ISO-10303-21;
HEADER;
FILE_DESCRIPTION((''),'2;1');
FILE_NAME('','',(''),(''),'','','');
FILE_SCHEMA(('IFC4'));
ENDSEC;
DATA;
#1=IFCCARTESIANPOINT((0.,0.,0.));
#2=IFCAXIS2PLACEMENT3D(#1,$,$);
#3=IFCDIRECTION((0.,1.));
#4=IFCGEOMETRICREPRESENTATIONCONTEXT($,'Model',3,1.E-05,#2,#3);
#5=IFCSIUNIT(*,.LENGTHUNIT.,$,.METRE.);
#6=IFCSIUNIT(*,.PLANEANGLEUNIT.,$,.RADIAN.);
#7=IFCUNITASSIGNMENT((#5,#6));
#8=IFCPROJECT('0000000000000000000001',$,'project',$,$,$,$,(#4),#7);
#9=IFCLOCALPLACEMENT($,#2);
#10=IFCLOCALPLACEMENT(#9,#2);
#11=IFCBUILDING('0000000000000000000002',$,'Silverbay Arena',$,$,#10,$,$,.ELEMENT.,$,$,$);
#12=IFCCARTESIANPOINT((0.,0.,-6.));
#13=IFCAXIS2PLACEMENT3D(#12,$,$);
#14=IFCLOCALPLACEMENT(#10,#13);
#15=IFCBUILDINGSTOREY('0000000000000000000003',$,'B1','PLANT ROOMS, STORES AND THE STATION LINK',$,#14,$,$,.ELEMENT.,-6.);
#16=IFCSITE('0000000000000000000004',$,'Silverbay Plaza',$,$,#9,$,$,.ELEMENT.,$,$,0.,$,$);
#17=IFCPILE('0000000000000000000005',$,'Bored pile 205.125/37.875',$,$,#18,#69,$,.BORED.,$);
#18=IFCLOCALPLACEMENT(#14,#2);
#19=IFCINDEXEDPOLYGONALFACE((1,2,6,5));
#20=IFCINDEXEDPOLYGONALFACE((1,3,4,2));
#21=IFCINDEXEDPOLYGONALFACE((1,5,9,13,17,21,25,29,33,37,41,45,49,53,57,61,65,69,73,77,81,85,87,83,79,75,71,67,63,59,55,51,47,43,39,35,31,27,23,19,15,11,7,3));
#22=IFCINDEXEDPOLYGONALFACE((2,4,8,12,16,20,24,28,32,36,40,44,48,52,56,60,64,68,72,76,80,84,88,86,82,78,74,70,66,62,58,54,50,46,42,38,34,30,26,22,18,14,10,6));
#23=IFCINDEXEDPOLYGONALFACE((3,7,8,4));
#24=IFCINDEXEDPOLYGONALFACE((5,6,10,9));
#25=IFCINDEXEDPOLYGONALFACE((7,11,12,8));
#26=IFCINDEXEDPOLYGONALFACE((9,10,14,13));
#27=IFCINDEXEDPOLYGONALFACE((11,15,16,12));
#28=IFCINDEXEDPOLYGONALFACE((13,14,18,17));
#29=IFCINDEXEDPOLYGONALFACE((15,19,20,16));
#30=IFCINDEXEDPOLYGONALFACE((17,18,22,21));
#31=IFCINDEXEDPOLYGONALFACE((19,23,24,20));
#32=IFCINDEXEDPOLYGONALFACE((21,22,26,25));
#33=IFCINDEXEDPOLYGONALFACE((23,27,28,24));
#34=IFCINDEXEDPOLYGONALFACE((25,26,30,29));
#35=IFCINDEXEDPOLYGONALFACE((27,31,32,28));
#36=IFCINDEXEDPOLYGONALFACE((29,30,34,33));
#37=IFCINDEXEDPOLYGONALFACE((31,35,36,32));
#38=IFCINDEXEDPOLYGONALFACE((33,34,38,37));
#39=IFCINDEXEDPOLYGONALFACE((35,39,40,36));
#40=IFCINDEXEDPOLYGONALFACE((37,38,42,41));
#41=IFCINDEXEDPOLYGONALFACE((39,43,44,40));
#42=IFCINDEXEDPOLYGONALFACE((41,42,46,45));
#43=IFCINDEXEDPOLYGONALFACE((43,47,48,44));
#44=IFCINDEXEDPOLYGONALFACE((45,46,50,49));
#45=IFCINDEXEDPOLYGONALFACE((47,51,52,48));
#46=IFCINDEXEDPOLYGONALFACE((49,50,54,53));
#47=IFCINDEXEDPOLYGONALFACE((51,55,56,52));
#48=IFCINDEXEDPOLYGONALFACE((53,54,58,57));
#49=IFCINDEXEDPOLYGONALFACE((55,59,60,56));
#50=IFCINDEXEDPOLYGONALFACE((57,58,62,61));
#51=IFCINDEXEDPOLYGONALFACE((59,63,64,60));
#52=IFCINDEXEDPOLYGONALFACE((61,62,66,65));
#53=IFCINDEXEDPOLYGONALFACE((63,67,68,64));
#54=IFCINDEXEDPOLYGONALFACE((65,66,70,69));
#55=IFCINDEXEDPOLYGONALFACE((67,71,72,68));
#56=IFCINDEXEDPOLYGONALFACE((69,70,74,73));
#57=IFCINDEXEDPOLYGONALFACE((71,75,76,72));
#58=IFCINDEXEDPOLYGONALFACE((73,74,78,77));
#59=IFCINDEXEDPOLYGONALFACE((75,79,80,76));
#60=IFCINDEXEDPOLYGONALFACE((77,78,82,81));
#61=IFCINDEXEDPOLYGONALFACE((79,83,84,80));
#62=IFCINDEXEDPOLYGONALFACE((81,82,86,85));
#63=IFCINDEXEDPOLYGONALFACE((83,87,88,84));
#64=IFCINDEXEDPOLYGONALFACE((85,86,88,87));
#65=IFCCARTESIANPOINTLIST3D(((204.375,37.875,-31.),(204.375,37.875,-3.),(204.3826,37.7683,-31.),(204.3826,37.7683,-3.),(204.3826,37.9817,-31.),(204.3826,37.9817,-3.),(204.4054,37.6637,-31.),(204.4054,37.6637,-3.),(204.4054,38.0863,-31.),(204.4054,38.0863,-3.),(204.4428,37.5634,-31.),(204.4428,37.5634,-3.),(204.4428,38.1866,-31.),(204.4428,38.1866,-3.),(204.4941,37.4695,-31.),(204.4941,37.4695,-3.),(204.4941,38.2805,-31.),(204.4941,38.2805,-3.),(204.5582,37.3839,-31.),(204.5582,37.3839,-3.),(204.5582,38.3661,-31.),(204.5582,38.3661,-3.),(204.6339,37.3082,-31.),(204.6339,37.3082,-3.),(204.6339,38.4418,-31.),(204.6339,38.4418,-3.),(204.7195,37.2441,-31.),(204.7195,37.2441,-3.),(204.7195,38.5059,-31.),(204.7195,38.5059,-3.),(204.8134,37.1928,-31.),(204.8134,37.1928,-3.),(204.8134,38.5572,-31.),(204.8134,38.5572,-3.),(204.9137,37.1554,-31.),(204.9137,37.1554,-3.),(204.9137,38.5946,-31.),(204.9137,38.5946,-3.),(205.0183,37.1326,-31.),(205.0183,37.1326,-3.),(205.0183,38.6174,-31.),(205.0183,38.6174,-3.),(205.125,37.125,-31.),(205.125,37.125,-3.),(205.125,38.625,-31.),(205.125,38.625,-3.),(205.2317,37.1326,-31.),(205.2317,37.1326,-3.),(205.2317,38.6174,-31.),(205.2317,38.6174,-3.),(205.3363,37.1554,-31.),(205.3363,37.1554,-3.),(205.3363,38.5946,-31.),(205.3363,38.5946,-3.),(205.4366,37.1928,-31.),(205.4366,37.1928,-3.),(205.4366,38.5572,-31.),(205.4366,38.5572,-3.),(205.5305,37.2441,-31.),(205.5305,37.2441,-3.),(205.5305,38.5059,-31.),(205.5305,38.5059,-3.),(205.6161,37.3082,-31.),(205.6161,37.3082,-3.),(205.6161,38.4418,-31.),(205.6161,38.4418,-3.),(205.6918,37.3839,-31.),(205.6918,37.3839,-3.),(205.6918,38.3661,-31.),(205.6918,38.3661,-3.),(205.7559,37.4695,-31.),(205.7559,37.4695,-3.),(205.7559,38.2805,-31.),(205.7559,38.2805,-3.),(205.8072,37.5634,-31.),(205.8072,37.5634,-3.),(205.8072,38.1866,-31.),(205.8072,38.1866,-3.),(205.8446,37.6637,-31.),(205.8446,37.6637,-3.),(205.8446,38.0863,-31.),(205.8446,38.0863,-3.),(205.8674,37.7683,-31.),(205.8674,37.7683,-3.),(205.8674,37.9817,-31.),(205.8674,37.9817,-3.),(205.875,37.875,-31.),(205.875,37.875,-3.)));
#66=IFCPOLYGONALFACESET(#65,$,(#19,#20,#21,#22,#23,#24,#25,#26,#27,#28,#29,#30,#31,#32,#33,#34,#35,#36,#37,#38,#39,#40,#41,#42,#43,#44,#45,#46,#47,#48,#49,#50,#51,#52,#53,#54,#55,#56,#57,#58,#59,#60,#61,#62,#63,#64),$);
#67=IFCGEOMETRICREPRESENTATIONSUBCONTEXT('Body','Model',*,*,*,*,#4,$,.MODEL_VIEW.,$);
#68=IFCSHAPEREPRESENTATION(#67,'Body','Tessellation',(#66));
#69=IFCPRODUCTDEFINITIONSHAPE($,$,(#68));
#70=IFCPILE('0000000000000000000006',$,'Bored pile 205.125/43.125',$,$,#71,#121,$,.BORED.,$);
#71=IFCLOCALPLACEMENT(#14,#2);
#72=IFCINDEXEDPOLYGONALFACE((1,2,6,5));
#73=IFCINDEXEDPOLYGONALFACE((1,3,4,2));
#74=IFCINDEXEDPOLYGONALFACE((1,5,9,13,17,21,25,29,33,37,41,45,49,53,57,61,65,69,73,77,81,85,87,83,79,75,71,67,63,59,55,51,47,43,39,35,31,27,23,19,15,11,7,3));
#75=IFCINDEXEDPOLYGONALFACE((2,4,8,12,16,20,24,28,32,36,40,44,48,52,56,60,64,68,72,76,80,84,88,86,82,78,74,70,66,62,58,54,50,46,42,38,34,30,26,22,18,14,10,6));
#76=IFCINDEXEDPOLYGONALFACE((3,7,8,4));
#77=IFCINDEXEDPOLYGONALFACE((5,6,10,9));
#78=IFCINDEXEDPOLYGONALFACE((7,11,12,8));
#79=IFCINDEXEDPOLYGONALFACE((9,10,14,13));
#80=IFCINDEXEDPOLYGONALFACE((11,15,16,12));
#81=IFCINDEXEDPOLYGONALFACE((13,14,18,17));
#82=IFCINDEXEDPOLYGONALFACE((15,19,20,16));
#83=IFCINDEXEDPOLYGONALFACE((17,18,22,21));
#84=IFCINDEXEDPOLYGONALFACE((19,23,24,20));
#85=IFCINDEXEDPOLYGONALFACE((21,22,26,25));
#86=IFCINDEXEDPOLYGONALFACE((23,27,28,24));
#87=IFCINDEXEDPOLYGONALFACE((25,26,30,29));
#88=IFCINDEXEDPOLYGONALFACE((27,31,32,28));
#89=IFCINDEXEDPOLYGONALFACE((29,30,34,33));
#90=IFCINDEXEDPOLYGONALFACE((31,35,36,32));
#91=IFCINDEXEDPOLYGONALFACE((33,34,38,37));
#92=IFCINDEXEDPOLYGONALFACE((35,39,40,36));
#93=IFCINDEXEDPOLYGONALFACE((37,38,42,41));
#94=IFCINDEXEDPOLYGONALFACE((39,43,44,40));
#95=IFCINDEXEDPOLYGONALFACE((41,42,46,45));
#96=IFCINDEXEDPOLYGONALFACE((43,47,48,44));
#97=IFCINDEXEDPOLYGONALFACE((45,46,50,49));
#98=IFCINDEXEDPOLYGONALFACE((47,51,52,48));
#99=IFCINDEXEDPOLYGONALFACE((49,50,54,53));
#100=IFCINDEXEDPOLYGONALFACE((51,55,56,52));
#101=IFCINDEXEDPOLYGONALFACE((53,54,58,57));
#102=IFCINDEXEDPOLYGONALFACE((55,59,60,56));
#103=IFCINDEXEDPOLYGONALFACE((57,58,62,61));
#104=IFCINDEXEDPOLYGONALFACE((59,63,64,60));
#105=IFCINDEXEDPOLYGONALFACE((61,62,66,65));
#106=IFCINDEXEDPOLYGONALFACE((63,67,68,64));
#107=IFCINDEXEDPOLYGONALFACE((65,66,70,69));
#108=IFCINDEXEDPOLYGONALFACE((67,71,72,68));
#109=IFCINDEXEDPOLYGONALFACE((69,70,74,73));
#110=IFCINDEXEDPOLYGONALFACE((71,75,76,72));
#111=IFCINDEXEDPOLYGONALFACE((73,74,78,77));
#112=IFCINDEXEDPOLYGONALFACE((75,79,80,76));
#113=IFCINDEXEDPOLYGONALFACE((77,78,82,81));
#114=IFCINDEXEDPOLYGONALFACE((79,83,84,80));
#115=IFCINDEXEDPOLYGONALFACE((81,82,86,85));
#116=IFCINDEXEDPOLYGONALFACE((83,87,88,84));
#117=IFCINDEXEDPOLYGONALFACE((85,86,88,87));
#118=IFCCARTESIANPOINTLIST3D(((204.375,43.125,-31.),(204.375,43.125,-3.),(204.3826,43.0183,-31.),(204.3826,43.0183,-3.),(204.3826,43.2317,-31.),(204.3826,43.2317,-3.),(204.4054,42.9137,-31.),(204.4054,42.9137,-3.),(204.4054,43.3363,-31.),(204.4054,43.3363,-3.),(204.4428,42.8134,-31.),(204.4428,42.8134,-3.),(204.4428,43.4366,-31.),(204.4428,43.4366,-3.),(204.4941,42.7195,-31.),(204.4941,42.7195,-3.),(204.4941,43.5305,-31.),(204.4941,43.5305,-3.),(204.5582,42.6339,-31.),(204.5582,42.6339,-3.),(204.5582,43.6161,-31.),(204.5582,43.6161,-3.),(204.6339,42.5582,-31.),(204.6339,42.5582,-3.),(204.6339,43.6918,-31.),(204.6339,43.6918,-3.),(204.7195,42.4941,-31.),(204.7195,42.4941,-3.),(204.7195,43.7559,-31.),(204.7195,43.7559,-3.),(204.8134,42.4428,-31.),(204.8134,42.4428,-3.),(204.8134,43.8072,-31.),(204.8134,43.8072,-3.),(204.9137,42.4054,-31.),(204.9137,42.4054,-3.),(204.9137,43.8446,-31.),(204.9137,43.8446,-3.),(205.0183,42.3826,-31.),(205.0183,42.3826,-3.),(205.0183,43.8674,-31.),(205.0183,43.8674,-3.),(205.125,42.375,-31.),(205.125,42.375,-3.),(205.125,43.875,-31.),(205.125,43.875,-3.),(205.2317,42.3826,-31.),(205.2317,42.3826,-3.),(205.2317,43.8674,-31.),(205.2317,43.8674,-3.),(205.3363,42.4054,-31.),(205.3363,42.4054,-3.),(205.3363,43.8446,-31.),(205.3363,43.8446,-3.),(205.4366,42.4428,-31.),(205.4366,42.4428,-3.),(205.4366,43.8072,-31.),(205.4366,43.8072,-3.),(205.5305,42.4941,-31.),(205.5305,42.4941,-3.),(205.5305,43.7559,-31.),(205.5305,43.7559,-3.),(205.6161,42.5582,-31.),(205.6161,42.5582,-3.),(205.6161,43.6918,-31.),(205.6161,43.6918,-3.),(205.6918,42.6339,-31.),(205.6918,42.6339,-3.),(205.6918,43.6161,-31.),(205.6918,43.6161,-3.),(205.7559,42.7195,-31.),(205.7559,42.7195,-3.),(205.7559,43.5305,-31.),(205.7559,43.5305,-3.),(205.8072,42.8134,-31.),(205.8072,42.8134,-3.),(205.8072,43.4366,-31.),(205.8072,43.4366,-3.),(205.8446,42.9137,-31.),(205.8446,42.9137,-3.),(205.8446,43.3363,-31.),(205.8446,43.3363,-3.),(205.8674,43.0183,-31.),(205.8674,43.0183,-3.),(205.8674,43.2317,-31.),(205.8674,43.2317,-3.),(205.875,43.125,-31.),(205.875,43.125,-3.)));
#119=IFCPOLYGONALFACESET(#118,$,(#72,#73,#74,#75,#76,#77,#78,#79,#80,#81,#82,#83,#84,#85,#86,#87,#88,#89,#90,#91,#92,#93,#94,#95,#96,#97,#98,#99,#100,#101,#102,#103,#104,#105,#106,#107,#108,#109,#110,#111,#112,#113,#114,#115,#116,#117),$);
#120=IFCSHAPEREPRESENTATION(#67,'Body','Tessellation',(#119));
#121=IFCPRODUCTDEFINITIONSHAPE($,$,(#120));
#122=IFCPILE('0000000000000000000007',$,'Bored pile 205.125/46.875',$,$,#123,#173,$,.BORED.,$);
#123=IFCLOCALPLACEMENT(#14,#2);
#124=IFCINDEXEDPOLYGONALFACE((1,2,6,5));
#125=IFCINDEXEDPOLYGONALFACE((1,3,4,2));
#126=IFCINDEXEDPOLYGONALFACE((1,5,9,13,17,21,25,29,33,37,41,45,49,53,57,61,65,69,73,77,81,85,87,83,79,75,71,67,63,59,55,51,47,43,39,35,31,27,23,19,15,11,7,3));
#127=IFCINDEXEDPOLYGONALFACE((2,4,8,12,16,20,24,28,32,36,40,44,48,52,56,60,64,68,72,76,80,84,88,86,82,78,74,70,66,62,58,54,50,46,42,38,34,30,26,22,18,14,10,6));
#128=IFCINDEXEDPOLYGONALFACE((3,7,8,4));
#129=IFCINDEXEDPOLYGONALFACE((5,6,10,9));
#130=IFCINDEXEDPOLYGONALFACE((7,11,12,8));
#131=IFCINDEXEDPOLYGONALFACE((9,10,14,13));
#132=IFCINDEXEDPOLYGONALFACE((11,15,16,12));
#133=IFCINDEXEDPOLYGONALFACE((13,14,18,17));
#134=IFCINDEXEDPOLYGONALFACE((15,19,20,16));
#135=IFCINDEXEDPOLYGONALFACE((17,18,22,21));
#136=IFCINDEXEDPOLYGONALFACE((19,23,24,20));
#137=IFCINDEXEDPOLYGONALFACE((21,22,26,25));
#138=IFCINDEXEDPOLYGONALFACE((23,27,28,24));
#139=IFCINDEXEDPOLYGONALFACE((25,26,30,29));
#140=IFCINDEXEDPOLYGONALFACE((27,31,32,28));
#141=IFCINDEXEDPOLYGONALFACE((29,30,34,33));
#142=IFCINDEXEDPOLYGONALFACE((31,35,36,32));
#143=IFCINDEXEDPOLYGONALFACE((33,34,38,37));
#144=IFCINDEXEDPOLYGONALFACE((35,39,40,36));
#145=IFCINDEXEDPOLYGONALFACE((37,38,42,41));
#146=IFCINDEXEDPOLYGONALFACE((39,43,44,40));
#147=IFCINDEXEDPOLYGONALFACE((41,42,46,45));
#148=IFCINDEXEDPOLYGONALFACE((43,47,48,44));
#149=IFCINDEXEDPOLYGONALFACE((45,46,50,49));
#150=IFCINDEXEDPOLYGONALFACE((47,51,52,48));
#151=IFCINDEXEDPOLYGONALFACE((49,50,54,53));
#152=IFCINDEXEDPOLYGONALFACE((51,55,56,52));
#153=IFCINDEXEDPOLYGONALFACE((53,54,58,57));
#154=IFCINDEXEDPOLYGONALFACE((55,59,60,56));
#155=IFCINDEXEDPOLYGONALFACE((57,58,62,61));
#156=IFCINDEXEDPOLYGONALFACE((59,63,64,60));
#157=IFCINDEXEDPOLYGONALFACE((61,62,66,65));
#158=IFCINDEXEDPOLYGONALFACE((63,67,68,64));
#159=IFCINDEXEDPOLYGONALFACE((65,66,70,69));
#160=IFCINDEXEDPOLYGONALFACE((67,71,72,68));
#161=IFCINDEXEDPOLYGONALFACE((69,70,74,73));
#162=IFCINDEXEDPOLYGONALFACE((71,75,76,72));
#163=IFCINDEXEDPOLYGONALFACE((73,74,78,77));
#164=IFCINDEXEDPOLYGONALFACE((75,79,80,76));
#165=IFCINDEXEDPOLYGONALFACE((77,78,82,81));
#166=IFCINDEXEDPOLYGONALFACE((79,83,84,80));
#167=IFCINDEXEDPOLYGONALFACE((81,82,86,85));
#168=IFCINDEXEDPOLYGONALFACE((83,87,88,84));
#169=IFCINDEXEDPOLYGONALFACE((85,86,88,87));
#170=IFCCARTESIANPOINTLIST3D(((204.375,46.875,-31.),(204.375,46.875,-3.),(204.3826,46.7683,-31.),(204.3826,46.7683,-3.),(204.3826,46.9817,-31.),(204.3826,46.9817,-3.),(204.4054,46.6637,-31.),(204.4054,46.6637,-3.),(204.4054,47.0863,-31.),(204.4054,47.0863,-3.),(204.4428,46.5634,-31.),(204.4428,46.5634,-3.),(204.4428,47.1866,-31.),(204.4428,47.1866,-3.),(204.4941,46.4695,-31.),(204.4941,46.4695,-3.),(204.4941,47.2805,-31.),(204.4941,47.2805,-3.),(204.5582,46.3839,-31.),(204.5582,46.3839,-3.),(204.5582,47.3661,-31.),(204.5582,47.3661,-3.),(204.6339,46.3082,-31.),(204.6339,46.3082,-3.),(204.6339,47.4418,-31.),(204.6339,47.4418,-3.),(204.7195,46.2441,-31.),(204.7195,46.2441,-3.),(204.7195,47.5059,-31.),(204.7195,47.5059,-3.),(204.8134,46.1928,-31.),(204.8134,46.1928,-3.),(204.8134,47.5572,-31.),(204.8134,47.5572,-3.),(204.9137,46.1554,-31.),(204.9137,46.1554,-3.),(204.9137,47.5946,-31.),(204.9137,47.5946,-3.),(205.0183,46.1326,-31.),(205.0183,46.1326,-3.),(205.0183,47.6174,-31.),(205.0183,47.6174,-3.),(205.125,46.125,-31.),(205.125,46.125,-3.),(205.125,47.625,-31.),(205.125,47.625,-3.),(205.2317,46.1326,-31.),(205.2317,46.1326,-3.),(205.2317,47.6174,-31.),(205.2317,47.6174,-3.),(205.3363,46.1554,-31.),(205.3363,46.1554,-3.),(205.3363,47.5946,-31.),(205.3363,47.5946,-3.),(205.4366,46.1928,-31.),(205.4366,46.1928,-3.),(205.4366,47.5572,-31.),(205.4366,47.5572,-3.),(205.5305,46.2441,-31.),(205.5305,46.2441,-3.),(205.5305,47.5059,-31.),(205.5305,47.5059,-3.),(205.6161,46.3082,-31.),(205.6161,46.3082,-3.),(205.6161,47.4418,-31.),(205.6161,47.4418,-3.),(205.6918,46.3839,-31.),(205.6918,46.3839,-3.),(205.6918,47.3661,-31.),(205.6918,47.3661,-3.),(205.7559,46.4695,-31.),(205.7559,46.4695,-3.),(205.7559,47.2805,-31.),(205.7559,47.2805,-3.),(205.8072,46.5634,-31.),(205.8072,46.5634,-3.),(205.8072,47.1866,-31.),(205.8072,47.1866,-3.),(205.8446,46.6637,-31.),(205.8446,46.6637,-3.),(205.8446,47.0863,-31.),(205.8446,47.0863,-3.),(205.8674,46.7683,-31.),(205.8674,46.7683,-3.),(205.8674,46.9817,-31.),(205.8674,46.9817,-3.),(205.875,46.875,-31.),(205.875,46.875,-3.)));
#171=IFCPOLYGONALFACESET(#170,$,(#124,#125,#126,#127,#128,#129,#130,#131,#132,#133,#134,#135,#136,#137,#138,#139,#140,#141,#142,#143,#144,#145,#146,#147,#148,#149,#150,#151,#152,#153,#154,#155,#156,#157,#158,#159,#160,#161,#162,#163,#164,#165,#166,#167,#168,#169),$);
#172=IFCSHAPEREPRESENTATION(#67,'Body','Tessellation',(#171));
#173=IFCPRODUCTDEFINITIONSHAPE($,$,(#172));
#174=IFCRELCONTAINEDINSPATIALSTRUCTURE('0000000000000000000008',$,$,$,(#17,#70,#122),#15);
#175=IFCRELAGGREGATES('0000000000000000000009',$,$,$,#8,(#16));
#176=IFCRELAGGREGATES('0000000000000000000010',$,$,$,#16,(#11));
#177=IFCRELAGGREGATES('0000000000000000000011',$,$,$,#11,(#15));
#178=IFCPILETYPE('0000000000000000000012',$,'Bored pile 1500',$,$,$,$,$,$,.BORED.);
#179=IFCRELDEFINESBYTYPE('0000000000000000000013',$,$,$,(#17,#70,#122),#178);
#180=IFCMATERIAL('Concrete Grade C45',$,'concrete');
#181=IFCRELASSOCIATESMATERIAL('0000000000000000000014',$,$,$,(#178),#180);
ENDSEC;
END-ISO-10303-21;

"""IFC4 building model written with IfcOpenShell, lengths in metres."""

from ifc_helpers import new_model, si_unit, direction, frame, origin, origin_2d, place, context, subcontext, project, spatial, circle, extrude, material, material_profile, profile_set, type_object, element, save


model = new_model("IFC4")

# Units and contexts
model_context = context("Model", 3, precision=1e-05, world=origin(), true_north=direction((0.0, 1.0)))
body_context = subcontext(model_context, "Body", "Model", "MODEL_VIEW")
ifc_project = project(units=[si_unit("LENGTHUNIT", "METRE"), si_unit("PLANEANGLEUNIT", "RADIAN")], contexts=[model_context])

# Site, building, storey
site_placement = place(None, origin())
site = spatial("IfcSite", under=ifc_project, at=site_placement, Name="Silverbay Plaza", CompositionType="ELEMENT", RefElevation=0.0)
building_placement = place(site_placement, origin())
building = spatial("IfcBuilding", under=site, at=building_placement, Name="Silverbay Arena", CompositionType="ELEMENT")
storey_placement = place(building_placement, frame((0.0, 0.0, -6.0)))
storey = spatial("IfcBuildingStorey", under=building, at=storey_placement, Name="B1", Description="PLANT ROOMS, STORES AND THE STATION LINK", CompositionType="ELEMENT", Elevation=-6.0)

# Piles
ifc_material_1 = material(Name="Concrete Grade C45", Category="concrete")
ifc_material_profile_1 = material_profile(ifc_material_1, circle(Radius=0.75, at=origin_2d()), Name="Bored pile 1500")
ifc_profile_set_1 = profile_set([ifc_material_profile_1], Name="Concrete Grade C45")
pile_type_1 = type_object("IfcPileType", Name="Bored pile 1500", PredefinedType="BORED", material=ifc_profile_set_1)
for number, where, z_axis, x_axis, name in (
    (1, (205.125, 37.875, -3.0), (0.0, 0.0, -1.0), (1.0, 0.0, 0.0), "Bored pile 205.125/37.875"),
    (2, (205.125, 43.125, -3.0), (0.0, 0.0, -1.0), (1.0, 0.0, 0.0), "Bored pile 205.125/43.125"),
    (3, (205.125, 46.875, -3.0), (0.0, 0.0, -1.0), (1.0, 0.0, 0.0), "Bored pile 205.125/46.875"),
):
    element("IfcPile", number, at=place(storey_placement, frame(where, z_axis=z_axis, x_axis=x_axis)), inside=storey, type_object=pile_type_1, Name=name, PredefinedType="BORED", context=body_context, shape_type="SweptSolid", body=[
        extrude(circle(Radius=0.75, at=origin_2d()), origin(), (0.0, 0.0, 1.0), 28.0),
    ])

save(model, "model.ifc")
